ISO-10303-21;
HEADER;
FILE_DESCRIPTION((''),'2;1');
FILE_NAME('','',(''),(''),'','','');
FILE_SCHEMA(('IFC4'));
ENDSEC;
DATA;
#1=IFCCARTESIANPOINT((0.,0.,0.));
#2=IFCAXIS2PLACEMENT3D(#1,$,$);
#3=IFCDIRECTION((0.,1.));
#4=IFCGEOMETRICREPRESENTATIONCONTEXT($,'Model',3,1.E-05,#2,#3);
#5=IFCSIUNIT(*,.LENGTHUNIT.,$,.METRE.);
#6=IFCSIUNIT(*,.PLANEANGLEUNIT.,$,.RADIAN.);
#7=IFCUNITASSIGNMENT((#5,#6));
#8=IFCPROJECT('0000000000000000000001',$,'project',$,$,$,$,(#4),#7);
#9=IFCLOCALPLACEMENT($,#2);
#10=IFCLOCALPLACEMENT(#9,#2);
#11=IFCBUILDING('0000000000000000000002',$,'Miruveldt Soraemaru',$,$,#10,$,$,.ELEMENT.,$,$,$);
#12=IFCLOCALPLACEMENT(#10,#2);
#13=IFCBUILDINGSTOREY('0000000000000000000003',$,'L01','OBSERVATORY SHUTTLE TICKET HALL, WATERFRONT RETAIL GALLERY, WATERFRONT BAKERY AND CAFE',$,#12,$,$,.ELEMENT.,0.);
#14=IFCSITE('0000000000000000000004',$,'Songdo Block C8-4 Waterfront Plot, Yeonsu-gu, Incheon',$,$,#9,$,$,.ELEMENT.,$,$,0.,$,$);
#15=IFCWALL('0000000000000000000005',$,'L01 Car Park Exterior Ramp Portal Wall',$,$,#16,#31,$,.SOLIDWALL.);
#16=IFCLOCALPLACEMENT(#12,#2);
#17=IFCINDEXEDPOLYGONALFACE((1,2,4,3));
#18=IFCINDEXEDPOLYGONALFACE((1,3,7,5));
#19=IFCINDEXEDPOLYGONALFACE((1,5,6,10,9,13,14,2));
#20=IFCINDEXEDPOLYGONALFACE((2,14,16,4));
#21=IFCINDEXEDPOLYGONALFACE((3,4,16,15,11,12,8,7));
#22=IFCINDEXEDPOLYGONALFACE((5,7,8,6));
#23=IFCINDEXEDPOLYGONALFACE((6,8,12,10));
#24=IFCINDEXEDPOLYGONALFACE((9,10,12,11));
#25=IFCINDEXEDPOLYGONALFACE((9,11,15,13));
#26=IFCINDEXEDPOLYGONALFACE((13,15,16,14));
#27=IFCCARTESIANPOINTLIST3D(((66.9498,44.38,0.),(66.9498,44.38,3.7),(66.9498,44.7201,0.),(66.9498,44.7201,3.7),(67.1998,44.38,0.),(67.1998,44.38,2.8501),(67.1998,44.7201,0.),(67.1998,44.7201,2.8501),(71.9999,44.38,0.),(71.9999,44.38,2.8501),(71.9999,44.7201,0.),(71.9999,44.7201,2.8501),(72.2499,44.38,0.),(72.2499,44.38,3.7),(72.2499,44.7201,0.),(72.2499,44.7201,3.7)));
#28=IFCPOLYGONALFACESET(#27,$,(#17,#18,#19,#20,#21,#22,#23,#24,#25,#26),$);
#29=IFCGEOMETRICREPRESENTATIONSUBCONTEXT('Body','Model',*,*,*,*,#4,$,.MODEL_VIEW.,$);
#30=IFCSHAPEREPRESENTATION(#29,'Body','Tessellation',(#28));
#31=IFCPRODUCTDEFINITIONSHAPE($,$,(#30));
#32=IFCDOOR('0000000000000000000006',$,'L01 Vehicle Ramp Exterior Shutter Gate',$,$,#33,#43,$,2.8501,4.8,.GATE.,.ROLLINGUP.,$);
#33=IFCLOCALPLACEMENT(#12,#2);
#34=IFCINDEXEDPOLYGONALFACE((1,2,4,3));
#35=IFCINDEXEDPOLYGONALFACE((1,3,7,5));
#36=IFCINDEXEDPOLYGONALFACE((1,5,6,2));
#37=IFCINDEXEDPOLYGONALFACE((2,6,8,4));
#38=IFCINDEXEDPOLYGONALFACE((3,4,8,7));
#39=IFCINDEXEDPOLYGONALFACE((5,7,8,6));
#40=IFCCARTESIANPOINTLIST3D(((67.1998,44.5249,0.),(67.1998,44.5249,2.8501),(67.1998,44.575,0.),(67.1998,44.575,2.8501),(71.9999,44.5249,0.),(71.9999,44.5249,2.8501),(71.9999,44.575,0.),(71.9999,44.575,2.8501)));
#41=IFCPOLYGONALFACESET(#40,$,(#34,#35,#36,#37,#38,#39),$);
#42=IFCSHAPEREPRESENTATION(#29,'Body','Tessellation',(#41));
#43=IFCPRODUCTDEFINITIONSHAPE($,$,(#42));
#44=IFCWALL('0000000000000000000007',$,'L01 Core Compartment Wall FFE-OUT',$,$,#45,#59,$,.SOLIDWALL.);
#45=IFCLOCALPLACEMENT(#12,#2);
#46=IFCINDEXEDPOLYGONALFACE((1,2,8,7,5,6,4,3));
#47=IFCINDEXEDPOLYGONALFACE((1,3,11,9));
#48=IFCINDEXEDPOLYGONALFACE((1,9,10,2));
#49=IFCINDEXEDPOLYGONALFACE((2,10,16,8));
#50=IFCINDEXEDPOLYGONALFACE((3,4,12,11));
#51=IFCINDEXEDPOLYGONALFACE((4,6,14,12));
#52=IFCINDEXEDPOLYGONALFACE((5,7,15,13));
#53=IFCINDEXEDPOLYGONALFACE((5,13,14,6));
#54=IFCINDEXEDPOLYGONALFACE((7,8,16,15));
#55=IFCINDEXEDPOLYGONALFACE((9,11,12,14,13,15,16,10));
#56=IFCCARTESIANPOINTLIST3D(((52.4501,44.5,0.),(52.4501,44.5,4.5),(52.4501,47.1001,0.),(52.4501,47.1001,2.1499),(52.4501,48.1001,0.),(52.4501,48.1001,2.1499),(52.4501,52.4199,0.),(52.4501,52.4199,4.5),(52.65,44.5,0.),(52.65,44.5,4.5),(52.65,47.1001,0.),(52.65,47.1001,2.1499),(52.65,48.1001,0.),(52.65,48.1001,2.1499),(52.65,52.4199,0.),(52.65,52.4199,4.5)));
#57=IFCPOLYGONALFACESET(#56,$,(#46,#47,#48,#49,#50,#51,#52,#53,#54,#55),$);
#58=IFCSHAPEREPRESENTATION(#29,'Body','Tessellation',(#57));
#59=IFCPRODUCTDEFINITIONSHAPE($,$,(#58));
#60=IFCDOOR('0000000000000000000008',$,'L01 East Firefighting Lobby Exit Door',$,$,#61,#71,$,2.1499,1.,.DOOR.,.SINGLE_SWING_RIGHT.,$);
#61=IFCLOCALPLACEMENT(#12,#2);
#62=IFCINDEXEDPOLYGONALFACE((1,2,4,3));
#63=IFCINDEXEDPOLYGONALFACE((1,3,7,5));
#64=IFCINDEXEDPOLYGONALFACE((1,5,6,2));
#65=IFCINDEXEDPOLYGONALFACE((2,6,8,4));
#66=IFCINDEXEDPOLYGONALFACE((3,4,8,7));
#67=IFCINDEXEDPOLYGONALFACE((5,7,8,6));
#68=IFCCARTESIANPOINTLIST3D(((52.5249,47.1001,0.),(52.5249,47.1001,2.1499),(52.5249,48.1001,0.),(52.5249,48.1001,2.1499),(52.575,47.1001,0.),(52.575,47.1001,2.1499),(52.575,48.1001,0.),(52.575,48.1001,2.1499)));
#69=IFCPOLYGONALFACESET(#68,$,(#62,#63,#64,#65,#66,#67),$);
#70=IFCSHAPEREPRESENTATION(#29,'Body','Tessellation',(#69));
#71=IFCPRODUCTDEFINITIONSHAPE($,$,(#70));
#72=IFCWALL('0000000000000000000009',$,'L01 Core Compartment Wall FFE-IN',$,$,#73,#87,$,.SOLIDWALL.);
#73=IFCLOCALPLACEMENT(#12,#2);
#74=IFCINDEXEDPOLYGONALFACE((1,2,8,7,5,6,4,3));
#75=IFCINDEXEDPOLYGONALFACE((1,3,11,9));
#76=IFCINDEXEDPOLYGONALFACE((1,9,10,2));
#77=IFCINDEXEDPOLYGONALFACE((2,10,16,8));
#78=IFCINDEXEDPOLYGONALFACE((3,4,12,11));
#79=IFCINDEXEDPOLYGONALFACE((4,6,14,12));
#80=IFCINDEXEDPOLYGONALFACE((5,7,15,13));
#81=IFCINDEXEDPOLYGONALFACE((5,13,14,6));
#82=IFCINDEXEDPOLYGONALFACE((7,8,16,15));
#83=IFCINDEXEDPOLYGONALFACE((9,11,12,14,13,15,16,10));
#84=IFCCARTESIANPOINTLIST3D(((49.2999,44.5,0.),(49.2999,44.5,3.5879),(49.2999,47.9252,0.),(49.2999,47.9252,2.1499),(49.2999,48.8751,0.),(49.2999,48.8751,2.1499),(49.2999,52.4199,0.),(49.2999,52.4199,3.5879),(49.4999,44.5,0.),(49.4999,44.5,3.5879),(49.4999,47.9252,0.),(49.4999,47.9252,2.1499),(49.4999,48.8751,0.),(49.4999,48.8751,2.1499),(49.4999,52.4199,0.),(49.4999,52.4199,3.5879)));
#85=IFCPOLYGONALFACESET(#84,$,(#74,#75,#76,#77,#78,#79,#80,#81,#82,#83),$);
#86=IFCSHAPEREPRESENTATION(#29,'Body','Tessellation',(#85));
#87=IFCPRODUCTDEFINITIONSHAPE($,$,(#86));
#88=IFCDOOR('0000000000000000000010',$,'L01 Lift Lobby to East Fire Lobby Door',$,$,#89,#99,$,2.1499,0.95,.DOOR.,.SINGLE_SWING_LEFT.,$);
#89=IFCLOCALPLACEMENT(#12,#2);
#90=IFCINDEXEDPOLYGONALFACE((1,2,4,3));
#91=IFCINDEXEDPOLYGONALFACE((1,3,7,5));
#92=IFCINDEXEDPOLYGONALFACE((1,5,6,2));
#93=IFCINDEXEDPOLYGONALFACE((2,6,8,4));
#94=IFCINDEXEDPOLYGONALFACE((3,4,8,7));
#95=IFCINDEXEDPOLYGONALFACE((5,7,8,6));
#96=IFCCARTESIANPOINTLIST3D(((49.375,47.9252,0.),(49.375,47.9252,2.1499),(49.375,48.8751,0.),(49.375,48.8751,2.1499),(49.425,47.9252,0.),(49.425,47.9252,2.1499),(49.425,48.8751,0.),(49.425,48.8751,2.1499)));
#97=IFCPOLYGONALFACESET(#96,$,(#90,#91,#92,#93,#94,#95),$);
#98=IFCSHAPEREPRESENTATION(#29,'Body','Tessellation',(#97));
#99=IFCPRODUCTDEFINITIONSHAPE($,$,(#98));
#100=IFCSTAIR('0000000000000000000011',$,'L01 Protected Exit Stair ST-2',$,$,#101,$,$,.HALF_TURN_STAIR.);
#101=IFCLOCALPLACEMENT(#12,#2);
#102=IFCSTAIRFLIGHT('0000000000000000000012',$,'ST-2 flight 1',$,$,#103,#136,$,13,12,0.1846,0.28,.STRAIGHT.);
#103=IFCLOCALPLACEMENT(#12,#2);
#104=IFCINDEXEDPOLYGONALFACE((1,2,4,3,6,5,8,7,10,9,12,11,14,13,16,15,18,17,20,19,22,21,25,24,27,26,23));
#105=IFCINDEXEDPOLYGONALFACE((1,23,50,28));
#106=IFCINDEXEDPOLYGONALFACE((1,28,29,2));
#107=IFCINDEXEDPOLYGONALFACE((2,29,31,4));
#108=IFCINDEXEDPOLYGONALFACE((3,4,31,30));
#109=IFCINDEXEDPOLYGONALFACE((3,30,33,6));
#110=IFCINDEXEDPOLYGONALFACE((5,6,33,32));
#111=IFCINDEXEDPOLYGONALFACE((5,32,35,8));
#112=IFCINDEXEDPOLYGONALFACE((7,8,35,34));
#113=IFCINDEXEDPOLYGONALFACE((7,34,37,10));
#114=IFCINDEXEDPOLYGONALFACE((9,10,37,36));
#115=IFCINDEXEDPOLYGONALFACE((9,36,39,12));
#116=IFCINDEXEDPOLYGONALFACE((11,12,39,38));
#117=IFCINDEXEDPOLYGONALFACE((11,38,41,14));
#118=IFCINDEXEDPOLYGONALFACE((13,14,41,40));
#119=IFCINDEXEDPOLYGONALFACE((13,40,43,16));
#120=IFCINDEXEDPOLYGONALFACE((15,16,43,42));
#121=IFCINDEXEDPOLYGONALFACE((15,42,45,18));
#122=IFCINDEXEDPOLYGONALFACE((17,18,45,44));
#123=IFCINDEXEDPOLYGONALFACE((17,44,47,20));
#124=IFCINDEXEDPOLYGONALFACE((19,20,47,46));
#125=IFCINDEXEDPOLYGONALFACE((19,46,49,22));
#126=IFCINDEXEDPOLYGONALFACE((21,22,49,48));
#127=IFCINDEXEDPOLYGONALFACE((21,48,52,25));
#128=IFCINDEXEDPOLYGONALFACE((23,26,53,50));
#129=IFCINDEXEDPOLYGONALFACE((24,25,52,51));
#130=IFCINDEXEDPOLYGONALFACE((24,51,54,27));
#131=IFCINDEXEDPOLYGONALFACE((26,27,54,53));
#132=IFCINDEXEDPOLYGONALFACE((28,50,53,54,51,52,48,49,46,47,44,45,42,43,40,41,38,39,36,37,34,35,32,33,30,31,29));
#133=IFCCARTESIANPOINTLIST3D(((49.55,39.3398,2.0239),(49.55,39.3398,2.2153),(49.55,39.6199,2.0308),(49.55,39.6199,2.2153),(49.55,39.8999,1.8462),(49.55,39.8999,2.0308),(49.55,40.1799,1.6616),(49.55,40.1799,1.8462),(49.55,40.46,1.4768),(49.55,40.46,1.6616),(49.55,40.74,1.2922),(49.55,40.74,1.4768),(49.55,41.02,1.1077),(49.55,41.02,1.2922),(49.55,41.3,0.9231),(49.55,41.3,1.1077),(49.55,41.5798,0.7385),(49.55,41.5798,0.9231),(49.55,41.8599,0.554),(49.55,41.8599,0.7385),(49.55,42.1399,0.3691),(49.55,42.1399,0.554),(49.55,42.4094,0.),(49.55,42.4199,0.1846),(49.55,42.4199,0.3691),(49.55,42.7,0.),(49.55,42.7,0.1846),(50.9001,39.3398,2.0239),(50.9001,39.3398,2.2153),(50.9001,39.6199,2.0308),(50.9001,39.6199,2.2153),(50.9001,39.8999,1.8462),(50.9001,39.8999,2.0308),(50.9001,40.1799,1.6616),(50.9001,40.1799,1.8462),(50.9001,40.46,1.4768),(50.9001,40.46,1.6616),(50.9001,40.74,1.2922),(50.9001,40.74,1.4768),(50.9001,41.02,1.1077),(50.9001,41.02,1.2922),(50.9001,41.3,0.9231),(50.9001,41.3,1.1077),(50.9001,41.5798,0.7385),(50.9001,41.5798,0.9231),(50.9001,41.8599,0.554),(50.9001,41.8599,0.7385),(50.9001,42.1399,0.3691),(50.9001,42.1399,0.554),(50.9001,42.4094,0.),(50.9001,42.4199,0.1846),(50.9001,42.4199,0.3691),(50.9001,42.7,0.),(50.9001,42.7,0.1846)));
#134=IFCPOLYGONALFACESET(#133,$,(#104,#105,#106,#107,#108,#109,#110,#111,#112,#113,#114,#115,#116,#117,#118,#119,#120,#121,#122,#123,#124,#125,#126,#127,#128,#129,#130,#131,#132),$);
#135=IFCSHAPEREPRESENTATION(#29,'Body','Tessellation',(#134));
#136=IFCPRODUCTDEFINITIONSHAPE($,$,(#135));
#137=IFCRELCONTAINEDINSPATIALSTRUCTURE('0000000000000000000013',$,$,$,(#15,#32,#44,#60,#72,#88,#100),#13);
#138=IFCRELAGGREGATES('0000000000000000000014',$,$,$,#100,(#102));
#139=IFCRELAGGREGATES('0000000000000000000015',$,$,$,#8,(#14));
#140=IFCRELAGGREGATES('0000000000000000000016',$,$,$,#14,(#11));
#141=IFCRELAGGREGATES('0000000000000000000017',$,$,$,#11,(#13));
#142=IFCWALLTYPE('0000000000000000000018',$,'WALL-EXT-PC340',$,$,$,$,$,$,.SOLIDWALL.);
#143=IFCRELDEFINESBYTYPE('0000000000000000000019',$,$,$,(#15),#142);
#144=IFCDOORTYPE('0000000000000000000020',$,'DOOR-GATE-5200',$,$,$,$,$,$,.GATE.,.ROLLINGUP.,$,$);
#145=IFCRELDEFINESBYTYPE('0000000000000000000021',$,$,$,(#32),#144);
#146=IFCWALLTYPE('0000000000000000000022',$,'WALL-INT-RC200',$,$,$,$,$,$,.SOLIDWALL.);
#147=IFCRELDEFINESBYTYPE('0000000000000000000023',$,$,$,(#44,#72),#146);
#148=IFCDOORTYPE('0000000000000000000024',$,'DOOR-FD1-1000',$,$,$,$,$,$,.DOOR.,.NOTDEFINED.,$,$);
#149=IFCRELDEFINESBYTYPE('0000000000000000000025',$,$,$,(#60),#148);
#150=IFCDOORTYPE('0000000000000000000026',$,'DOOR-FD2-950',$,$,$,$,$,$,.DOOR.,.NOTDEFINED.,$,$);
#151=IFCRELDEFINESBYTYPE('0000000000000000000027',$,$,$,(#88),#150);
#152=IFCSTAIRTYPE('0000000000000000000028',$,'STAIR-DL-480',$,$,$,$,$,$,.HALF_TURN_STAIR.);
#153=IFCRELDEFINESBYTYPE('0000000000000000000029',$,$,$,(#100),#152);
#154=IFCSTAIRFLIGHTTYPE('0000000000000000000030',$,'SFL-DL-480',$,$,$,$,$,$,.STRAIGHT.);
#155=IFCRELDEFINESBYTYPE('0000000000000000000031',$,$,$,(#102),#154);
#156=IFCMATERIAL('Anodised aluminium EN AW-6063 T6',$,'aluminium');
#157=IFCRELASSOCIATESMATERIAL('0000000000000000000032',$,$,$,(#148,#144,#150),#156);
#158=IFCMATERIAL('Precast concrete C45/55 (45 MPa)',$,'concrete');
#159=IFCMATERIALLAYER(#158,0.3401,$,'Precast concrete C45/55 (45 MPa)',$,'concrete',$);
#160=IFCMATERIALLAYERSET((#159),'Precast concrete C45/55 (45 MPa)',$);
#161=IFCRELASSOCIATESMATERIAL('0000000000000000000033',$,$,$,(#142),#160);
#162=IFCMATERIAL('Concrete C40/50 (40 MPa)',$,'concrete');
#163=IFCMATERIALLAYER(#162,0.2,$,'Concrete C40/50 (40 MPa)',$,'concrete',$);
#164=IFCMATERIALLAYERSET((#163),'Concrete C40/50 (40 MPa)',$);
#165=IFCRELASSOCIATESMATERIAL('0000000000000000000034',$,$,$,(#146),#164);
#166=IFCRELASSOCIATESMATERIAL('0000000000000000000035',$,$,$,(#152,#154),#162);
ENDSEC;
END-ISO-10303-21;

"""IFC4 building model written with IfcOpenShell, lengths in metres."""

from ifc_helpers import new_model, si_unit, direction, frame, frame_2d, origin, place, context, subcontext, project, spatial, polyline, rectangle, outline, extrude, material, layer, layer_set, type_object, element, fill, aggregate, save


model = new_model("IFC4")

# Units and contexts
model_context = context("Model", 3, precision=1e-05, world=origin(), true_north=direction((0.0, 1.0)))
body_context = subcontext(model_context, "Body", "Model", "MODEL_VIEW")
ifc_project = project(units=[si_unit("LENGTHUNIT", "METRE"), si_unit("PLANEANGLEUNIT", "RADIAN")], contexts=[model_context])

# Site, building, storey
site_placement = place(None, origin())
site = spatial("IfcSite", under=ifc_project, at=site_placement, Name="Songdo Block C8-4 Waterfront Plot, Yeonsu-gu, Incheon", CompositionType="ELEMENT", RefElevation=0.0)
building_placement = place(site_placement, origin())
building = spatial("IfcBuilding", under=site, at=building_placement, Name="Miruveldt Soraemaru", CompositionType="ELEMENT")
storey_placement = place(building_placement, origin())
storey = spatial("IfcBuildingStorey", under=building, at=storey_placement, Name="L01", Description="OBSERVATORY SHUTTLE TICKET HALL, WATERFRONT RETAIL GALLERY, WATERFRONT BAKERY AND CAFE", CompositionType="ELEMENT", Elevation=0.0)

# Shared definitions
ifc_material_1 = material(Name="Anodised aluminium EN AW-6063 T6", Category="aluminium")
door_type_1 = type_object("IfcDoorType", Name="DOOR-FD1-1000", OperationType="NOTDEFINED", PredefinedType="DOOR", material=ifc_material_1)

# Shared definitions
ifc_material_2 = material(Name="Precast concrete C45/55 (45 MPa)", Category="concrete")
ifc_layer_1 = layer(ifc_material_2, 0.3401, Name="Precast concrete C45/55 (45 MPa)", Category="concrete")
ifc_layer_set_1 = layer_set([ifc_layer_1], Name="Precast concrete C45/55 (45 MPa)")
wall_type_1 = type_object("IfcWallType", Name="WALL-EXT-PC340", PredefinedType="SOLIDWALL", material=ifc_layer_set_1)

# Walls, openings, doors
wall_1_placement = place(storey_placement, frame((66.95, 44.55, 0.0), z_axis=(0.0, 0.0, 1.0), x_axis=(1.0, 0.0, 0.0)))
wall_1 = element("IfcWall", 1, at=wall_1_placement, inside=storey, type_object=wall_type_1, Name="L01 Car Park Exterior Ramp Portal Wall", PredefinedType="SOLIDWALL", context=body_context, shape_type="SweptSolid", body=[
    extrude(rectangle(XDim=5.3, YDim=0.3401, at=frame_2d((2.6499, 0.0))), origin(), (0.0, 0.0, 1.0), 3.7),
])
opening_1_placement = place(wall_1_placement, frame((0.25, 0.0, 0.0)))
opening_1 = element("IfcOpeningElement", 2, at=opening_1_placement, cuts=wall_1, PredefinedType="OPENING", context=body_context, shape_type="SweptSolid", body=[
    extrude(rectangle(XDim=4.8, YDim=2.8501, at=frame_2d((2.3999, 1.425))), frame((0.0, 0.1802, 0.0), z_axis=(0.0, -1.0, 0.0), x_axis=(1.0, 0.0, 0.0)), (0.0, 0.0, 1.0), 0.3601),
])
door_type_2 = type_object("IfcDoorType", Name="DOOR-GATE-5200", OperationType="ROLLINGUP", PredefinedType="GATE", material=ifc_material_1)
door_1_placement = place(opening_1_placement, origin())
door_1 = element("IfcDoor", 3, at=door_1_placement, inside=storey, type_object=door_type_2, Name="L01 Vehicle Ramp Exterior Shutter Gate", OperationType="ROLLINGUP", OverallHeight=2.8501, OverallWidth=4.8, PredefinedType="GATE", context=body_context, shape_type="SweptSolid", body=[
    extrude(rectangle(XDim=4.8, YDim=2.8501, at=frame_2d((2.3999, 1.425))), frame((0.0, 0.0249, 0.0), z_axis=(0.0, -1.0, 0.0), x_axis=(1.0, 0.0, 0.0)), (0.0, 0.0, 1.0), 0.05),
])
fill(opening_1, door_1)
ifc_material_3 = material(Name="Concrete C40/50 (40 MPa)", Category="concrete")
ifc_layer_2 = layer(ifc_material_3, 0.2, Name="Concrete C40/50 (40 MPa)", Category="concrete")
ifc_layer_set_2 = layer_set([ifc_layer_2], Name="Concrete C40/50 (40 MPa)")
wall_type_2 = type_object("IfcWallType", Name="WALL-INT-RC200", PredefinedType="SOLIDWALL", material=ifc_layer_set_2)
wall_2_placement = place(storey_placement, frame((52.55, 44.5, 0.0), z_axis=(0.0, 0.0, 1.0), x_axis=(0.0, 1.0, 0.0)))
wall_2 = element("IfcWall", 4, at=wall_2_placement, inside=storey, type_object=wall_type_2, Name="L01 Core Compartment Wall FFE-OUT", PredefinedType="SOLIDWALL", context=body_context, shape_type="SweptSolid", body=[
    extrude(rectangle(XDim=7.9199, YDim=0.2, at=frame_2d((3.96, 0.0))), origin(), (0.0, 0.0, 1.0), 4.5),
])
opening_2_placement = place(wall_2_placement, frame((2.6001, 0.0, 0.0)))
opening_2 = element("IfcOpeningElement", 5, at=opening_2_placement, cuts=wall_2, PredefinedType="OPENING", context=body_context, shape_type="SweptSolid", body=[
    extrude(rectangle(XDim=1.0, YDim=2.1499, at=frame_2d((0.5, 1.075))), frame((0.0, 0.1099, 0.0), z_axis=(0.0, -1.0, 0.0), x_axis=(1.0, 0.0, 0.0)), (0.0, 0.0, 1.0), 0.22),
])
door_2_placement = place(opening_2_placement, frame((1.0, 0.0, 0.0), z_axis=(0.0, 0.0, 1.0), x_axis=(-1.0, 0.0, 0.0)))
door_2 = element("IfcDoor", 6, at=door_2_placement, inside=storey, type_object=door_type_1, Name="L01 East Firefighting Lobby Exit Door", OperationType="SINGLE_SWING_RIGHT", OverallHeight=2.1499, OverallWidth=1.0, PredefinedType="DOOR", context=body_context, shape_type="SweptSolid", body=[
    extrude(rectangle(XDim=1.0, YDim=2.1499, at=frame_2d((0.5, 1.075))), frame((0.0, 0.0249, 0.0), z_axis=(0.0, -1.0, 0.0), x_axis=(1.0, 0.0, 0.0)), (0.0, 0.0, 1.0), 0.05),
])
fill(opening_2, door_2)
wall_3_placement = place(storey_placement, frame((49.3999, 44.5, 0.0), z_axis=(0.0, 0.0, 1.0), x_axis=(0.0, 1.0, 0.0)))
wall_3 = element("IfcWall", 7, at=wall_3_placement, inside=storey, type_object=wall_type_2, Name="L01 Core Compartment Wall FFE-IN", PredefinedType="SOLIDWALL", context=body_context, shape_type="SweptSolid", body=[
    extrude(rectangle(XDim=7.9199, YDim=0.2, at=frame_2d((3.96, 0.0))), origin(), (0.0, 0.0, 1.0), 3.5879),
])
opening_3_placement = place(wall_3_placement, frame((3.425, 0.0, 0.0)))
opening_3 = element("IfcOpeningElement", 8, at=opening_3_placement, cuts=wall_3, PredefinedType="OPENING", context=body_context, shape_type="SweptSolid", body=[
    extrude(rectangle(XDim=0.95, YDim=2.1499, at=frame_2d((0.4751, 1.075))), frame((0.0, 0.1099, 0.0), z_axis=(0.0, -1.0, 0.0), x_axis=(1.0, 0.0, 0.0)), (0.0, 0.0, 1.0), 0.22),
])
door_type_3 = type_object("IfcDoorType", Name="DOOR-FD2-950", OperationType="NOTDEFINED", PredefinedType="DOOR", material=ifc_material_1)
door_3_placement = place(opening_3_placement, origin())
door_3 = element("IfcDoor", 9, at=door_3_placement, inside=storey, type_object=door_type_3, Name="L01 Lift Lobby to East Fire Lobby Door", OperationType="SINGLE_SWING_LEFT", OverallHeight=2.1499, OverallWidth=0.95, PredefinedType="DOOR", context=body_context, shape_type="SweptSolid", body=[
    extrude(rectangle(XDim=0.95, YDim=2.1499, at=frame_2d((0.4751, 1.075))), frame((0.0, 0.0249, 0.0), z_axis=(0.0, -1.0, 0.0), x_axis=(1.0, 0.0, 0.0)), (0.0, 0.0, 1.0), 0.05),
])
fill(opening_3, door_3)

# Stair, stair flight
stair_type_1 = type_object("IfcStairType", Name="STAIR-DL-480", PredefinedType="HALF_TURN_STAIR", material=ifc_material_3)
stair_1_placement = place(storey_placement, origin())
stair_1 = element("IfcStair", 10, at=stair_1_placement, inside=storey, type_object=stair_type_1, Name="L01 Protected Exit Stair ST-2", PredefinedType="HALF_TURN_STAIR")
stair_flight_type_1 = type_object("IfcStairFlightType", Name="SFL-DL-480", PredefinedType="STRAIGHT", material=ifc_material_3)
stair_flight_1_placement = place(storey_placement, frame((50.2251, 42.7, 0.0), z_axis=(0.0, 0.0, 1.0), x_axis=(0.0, -1.0, 0.0)))
stair_flight_1 = element("IfcStairFlight", 11, at=stair_flight_1_placement, type_object=stair_flight_type_1, Name="ST-2 flight 1", NumberOfRisers=13, NumberOfTreads=12, PredefinedType="STRAIGHT", RiserHeight=0.1846, TreadLength=0.28, context=body_context, shape_type="SweptSolid", body=[
    extrude(outline(polyline([(0.0, 0.0), (0.0, 0.1846), (0.28, 0.1846), (0.28, 0.3691), (0.5601, 0.3691), (0.5601, 0.554), (0.8401, 0.554), (0.8401, 0.7385), (1.1201, 0.7385), (1.1201, 0.9231), (1.3999, 0.9231), (1.3999, 1.1077), (1.6799, 1.1077), (1.6799, 1.2922), (1.96, 1.2922), (1.96, 1.4768), (2.24, 1.4768), (2.24, 1.6616), (2.52, 1.6616), (2.52, 1.8462), (2.8, 1.8462), (2.8, 2.0308), (3.0801, 2.0308), (3.0801, 2.2153), (3.3601, 2.2153), (3.3601, 2.3999), (3.3601, 2.0239), (0.2905, 0.0), (0.0, 0.0)])), frame((0.0, 0.675, 0.0), z_axis=(0.0, -1.0, 0.0), x_axis=(1.0, 0.0, 0.0)), (0.0, 0.0, 1.0), 1.3501),
])
aggregate(stair_1, [stair_flight_1])

save(model, "model.ifc")
